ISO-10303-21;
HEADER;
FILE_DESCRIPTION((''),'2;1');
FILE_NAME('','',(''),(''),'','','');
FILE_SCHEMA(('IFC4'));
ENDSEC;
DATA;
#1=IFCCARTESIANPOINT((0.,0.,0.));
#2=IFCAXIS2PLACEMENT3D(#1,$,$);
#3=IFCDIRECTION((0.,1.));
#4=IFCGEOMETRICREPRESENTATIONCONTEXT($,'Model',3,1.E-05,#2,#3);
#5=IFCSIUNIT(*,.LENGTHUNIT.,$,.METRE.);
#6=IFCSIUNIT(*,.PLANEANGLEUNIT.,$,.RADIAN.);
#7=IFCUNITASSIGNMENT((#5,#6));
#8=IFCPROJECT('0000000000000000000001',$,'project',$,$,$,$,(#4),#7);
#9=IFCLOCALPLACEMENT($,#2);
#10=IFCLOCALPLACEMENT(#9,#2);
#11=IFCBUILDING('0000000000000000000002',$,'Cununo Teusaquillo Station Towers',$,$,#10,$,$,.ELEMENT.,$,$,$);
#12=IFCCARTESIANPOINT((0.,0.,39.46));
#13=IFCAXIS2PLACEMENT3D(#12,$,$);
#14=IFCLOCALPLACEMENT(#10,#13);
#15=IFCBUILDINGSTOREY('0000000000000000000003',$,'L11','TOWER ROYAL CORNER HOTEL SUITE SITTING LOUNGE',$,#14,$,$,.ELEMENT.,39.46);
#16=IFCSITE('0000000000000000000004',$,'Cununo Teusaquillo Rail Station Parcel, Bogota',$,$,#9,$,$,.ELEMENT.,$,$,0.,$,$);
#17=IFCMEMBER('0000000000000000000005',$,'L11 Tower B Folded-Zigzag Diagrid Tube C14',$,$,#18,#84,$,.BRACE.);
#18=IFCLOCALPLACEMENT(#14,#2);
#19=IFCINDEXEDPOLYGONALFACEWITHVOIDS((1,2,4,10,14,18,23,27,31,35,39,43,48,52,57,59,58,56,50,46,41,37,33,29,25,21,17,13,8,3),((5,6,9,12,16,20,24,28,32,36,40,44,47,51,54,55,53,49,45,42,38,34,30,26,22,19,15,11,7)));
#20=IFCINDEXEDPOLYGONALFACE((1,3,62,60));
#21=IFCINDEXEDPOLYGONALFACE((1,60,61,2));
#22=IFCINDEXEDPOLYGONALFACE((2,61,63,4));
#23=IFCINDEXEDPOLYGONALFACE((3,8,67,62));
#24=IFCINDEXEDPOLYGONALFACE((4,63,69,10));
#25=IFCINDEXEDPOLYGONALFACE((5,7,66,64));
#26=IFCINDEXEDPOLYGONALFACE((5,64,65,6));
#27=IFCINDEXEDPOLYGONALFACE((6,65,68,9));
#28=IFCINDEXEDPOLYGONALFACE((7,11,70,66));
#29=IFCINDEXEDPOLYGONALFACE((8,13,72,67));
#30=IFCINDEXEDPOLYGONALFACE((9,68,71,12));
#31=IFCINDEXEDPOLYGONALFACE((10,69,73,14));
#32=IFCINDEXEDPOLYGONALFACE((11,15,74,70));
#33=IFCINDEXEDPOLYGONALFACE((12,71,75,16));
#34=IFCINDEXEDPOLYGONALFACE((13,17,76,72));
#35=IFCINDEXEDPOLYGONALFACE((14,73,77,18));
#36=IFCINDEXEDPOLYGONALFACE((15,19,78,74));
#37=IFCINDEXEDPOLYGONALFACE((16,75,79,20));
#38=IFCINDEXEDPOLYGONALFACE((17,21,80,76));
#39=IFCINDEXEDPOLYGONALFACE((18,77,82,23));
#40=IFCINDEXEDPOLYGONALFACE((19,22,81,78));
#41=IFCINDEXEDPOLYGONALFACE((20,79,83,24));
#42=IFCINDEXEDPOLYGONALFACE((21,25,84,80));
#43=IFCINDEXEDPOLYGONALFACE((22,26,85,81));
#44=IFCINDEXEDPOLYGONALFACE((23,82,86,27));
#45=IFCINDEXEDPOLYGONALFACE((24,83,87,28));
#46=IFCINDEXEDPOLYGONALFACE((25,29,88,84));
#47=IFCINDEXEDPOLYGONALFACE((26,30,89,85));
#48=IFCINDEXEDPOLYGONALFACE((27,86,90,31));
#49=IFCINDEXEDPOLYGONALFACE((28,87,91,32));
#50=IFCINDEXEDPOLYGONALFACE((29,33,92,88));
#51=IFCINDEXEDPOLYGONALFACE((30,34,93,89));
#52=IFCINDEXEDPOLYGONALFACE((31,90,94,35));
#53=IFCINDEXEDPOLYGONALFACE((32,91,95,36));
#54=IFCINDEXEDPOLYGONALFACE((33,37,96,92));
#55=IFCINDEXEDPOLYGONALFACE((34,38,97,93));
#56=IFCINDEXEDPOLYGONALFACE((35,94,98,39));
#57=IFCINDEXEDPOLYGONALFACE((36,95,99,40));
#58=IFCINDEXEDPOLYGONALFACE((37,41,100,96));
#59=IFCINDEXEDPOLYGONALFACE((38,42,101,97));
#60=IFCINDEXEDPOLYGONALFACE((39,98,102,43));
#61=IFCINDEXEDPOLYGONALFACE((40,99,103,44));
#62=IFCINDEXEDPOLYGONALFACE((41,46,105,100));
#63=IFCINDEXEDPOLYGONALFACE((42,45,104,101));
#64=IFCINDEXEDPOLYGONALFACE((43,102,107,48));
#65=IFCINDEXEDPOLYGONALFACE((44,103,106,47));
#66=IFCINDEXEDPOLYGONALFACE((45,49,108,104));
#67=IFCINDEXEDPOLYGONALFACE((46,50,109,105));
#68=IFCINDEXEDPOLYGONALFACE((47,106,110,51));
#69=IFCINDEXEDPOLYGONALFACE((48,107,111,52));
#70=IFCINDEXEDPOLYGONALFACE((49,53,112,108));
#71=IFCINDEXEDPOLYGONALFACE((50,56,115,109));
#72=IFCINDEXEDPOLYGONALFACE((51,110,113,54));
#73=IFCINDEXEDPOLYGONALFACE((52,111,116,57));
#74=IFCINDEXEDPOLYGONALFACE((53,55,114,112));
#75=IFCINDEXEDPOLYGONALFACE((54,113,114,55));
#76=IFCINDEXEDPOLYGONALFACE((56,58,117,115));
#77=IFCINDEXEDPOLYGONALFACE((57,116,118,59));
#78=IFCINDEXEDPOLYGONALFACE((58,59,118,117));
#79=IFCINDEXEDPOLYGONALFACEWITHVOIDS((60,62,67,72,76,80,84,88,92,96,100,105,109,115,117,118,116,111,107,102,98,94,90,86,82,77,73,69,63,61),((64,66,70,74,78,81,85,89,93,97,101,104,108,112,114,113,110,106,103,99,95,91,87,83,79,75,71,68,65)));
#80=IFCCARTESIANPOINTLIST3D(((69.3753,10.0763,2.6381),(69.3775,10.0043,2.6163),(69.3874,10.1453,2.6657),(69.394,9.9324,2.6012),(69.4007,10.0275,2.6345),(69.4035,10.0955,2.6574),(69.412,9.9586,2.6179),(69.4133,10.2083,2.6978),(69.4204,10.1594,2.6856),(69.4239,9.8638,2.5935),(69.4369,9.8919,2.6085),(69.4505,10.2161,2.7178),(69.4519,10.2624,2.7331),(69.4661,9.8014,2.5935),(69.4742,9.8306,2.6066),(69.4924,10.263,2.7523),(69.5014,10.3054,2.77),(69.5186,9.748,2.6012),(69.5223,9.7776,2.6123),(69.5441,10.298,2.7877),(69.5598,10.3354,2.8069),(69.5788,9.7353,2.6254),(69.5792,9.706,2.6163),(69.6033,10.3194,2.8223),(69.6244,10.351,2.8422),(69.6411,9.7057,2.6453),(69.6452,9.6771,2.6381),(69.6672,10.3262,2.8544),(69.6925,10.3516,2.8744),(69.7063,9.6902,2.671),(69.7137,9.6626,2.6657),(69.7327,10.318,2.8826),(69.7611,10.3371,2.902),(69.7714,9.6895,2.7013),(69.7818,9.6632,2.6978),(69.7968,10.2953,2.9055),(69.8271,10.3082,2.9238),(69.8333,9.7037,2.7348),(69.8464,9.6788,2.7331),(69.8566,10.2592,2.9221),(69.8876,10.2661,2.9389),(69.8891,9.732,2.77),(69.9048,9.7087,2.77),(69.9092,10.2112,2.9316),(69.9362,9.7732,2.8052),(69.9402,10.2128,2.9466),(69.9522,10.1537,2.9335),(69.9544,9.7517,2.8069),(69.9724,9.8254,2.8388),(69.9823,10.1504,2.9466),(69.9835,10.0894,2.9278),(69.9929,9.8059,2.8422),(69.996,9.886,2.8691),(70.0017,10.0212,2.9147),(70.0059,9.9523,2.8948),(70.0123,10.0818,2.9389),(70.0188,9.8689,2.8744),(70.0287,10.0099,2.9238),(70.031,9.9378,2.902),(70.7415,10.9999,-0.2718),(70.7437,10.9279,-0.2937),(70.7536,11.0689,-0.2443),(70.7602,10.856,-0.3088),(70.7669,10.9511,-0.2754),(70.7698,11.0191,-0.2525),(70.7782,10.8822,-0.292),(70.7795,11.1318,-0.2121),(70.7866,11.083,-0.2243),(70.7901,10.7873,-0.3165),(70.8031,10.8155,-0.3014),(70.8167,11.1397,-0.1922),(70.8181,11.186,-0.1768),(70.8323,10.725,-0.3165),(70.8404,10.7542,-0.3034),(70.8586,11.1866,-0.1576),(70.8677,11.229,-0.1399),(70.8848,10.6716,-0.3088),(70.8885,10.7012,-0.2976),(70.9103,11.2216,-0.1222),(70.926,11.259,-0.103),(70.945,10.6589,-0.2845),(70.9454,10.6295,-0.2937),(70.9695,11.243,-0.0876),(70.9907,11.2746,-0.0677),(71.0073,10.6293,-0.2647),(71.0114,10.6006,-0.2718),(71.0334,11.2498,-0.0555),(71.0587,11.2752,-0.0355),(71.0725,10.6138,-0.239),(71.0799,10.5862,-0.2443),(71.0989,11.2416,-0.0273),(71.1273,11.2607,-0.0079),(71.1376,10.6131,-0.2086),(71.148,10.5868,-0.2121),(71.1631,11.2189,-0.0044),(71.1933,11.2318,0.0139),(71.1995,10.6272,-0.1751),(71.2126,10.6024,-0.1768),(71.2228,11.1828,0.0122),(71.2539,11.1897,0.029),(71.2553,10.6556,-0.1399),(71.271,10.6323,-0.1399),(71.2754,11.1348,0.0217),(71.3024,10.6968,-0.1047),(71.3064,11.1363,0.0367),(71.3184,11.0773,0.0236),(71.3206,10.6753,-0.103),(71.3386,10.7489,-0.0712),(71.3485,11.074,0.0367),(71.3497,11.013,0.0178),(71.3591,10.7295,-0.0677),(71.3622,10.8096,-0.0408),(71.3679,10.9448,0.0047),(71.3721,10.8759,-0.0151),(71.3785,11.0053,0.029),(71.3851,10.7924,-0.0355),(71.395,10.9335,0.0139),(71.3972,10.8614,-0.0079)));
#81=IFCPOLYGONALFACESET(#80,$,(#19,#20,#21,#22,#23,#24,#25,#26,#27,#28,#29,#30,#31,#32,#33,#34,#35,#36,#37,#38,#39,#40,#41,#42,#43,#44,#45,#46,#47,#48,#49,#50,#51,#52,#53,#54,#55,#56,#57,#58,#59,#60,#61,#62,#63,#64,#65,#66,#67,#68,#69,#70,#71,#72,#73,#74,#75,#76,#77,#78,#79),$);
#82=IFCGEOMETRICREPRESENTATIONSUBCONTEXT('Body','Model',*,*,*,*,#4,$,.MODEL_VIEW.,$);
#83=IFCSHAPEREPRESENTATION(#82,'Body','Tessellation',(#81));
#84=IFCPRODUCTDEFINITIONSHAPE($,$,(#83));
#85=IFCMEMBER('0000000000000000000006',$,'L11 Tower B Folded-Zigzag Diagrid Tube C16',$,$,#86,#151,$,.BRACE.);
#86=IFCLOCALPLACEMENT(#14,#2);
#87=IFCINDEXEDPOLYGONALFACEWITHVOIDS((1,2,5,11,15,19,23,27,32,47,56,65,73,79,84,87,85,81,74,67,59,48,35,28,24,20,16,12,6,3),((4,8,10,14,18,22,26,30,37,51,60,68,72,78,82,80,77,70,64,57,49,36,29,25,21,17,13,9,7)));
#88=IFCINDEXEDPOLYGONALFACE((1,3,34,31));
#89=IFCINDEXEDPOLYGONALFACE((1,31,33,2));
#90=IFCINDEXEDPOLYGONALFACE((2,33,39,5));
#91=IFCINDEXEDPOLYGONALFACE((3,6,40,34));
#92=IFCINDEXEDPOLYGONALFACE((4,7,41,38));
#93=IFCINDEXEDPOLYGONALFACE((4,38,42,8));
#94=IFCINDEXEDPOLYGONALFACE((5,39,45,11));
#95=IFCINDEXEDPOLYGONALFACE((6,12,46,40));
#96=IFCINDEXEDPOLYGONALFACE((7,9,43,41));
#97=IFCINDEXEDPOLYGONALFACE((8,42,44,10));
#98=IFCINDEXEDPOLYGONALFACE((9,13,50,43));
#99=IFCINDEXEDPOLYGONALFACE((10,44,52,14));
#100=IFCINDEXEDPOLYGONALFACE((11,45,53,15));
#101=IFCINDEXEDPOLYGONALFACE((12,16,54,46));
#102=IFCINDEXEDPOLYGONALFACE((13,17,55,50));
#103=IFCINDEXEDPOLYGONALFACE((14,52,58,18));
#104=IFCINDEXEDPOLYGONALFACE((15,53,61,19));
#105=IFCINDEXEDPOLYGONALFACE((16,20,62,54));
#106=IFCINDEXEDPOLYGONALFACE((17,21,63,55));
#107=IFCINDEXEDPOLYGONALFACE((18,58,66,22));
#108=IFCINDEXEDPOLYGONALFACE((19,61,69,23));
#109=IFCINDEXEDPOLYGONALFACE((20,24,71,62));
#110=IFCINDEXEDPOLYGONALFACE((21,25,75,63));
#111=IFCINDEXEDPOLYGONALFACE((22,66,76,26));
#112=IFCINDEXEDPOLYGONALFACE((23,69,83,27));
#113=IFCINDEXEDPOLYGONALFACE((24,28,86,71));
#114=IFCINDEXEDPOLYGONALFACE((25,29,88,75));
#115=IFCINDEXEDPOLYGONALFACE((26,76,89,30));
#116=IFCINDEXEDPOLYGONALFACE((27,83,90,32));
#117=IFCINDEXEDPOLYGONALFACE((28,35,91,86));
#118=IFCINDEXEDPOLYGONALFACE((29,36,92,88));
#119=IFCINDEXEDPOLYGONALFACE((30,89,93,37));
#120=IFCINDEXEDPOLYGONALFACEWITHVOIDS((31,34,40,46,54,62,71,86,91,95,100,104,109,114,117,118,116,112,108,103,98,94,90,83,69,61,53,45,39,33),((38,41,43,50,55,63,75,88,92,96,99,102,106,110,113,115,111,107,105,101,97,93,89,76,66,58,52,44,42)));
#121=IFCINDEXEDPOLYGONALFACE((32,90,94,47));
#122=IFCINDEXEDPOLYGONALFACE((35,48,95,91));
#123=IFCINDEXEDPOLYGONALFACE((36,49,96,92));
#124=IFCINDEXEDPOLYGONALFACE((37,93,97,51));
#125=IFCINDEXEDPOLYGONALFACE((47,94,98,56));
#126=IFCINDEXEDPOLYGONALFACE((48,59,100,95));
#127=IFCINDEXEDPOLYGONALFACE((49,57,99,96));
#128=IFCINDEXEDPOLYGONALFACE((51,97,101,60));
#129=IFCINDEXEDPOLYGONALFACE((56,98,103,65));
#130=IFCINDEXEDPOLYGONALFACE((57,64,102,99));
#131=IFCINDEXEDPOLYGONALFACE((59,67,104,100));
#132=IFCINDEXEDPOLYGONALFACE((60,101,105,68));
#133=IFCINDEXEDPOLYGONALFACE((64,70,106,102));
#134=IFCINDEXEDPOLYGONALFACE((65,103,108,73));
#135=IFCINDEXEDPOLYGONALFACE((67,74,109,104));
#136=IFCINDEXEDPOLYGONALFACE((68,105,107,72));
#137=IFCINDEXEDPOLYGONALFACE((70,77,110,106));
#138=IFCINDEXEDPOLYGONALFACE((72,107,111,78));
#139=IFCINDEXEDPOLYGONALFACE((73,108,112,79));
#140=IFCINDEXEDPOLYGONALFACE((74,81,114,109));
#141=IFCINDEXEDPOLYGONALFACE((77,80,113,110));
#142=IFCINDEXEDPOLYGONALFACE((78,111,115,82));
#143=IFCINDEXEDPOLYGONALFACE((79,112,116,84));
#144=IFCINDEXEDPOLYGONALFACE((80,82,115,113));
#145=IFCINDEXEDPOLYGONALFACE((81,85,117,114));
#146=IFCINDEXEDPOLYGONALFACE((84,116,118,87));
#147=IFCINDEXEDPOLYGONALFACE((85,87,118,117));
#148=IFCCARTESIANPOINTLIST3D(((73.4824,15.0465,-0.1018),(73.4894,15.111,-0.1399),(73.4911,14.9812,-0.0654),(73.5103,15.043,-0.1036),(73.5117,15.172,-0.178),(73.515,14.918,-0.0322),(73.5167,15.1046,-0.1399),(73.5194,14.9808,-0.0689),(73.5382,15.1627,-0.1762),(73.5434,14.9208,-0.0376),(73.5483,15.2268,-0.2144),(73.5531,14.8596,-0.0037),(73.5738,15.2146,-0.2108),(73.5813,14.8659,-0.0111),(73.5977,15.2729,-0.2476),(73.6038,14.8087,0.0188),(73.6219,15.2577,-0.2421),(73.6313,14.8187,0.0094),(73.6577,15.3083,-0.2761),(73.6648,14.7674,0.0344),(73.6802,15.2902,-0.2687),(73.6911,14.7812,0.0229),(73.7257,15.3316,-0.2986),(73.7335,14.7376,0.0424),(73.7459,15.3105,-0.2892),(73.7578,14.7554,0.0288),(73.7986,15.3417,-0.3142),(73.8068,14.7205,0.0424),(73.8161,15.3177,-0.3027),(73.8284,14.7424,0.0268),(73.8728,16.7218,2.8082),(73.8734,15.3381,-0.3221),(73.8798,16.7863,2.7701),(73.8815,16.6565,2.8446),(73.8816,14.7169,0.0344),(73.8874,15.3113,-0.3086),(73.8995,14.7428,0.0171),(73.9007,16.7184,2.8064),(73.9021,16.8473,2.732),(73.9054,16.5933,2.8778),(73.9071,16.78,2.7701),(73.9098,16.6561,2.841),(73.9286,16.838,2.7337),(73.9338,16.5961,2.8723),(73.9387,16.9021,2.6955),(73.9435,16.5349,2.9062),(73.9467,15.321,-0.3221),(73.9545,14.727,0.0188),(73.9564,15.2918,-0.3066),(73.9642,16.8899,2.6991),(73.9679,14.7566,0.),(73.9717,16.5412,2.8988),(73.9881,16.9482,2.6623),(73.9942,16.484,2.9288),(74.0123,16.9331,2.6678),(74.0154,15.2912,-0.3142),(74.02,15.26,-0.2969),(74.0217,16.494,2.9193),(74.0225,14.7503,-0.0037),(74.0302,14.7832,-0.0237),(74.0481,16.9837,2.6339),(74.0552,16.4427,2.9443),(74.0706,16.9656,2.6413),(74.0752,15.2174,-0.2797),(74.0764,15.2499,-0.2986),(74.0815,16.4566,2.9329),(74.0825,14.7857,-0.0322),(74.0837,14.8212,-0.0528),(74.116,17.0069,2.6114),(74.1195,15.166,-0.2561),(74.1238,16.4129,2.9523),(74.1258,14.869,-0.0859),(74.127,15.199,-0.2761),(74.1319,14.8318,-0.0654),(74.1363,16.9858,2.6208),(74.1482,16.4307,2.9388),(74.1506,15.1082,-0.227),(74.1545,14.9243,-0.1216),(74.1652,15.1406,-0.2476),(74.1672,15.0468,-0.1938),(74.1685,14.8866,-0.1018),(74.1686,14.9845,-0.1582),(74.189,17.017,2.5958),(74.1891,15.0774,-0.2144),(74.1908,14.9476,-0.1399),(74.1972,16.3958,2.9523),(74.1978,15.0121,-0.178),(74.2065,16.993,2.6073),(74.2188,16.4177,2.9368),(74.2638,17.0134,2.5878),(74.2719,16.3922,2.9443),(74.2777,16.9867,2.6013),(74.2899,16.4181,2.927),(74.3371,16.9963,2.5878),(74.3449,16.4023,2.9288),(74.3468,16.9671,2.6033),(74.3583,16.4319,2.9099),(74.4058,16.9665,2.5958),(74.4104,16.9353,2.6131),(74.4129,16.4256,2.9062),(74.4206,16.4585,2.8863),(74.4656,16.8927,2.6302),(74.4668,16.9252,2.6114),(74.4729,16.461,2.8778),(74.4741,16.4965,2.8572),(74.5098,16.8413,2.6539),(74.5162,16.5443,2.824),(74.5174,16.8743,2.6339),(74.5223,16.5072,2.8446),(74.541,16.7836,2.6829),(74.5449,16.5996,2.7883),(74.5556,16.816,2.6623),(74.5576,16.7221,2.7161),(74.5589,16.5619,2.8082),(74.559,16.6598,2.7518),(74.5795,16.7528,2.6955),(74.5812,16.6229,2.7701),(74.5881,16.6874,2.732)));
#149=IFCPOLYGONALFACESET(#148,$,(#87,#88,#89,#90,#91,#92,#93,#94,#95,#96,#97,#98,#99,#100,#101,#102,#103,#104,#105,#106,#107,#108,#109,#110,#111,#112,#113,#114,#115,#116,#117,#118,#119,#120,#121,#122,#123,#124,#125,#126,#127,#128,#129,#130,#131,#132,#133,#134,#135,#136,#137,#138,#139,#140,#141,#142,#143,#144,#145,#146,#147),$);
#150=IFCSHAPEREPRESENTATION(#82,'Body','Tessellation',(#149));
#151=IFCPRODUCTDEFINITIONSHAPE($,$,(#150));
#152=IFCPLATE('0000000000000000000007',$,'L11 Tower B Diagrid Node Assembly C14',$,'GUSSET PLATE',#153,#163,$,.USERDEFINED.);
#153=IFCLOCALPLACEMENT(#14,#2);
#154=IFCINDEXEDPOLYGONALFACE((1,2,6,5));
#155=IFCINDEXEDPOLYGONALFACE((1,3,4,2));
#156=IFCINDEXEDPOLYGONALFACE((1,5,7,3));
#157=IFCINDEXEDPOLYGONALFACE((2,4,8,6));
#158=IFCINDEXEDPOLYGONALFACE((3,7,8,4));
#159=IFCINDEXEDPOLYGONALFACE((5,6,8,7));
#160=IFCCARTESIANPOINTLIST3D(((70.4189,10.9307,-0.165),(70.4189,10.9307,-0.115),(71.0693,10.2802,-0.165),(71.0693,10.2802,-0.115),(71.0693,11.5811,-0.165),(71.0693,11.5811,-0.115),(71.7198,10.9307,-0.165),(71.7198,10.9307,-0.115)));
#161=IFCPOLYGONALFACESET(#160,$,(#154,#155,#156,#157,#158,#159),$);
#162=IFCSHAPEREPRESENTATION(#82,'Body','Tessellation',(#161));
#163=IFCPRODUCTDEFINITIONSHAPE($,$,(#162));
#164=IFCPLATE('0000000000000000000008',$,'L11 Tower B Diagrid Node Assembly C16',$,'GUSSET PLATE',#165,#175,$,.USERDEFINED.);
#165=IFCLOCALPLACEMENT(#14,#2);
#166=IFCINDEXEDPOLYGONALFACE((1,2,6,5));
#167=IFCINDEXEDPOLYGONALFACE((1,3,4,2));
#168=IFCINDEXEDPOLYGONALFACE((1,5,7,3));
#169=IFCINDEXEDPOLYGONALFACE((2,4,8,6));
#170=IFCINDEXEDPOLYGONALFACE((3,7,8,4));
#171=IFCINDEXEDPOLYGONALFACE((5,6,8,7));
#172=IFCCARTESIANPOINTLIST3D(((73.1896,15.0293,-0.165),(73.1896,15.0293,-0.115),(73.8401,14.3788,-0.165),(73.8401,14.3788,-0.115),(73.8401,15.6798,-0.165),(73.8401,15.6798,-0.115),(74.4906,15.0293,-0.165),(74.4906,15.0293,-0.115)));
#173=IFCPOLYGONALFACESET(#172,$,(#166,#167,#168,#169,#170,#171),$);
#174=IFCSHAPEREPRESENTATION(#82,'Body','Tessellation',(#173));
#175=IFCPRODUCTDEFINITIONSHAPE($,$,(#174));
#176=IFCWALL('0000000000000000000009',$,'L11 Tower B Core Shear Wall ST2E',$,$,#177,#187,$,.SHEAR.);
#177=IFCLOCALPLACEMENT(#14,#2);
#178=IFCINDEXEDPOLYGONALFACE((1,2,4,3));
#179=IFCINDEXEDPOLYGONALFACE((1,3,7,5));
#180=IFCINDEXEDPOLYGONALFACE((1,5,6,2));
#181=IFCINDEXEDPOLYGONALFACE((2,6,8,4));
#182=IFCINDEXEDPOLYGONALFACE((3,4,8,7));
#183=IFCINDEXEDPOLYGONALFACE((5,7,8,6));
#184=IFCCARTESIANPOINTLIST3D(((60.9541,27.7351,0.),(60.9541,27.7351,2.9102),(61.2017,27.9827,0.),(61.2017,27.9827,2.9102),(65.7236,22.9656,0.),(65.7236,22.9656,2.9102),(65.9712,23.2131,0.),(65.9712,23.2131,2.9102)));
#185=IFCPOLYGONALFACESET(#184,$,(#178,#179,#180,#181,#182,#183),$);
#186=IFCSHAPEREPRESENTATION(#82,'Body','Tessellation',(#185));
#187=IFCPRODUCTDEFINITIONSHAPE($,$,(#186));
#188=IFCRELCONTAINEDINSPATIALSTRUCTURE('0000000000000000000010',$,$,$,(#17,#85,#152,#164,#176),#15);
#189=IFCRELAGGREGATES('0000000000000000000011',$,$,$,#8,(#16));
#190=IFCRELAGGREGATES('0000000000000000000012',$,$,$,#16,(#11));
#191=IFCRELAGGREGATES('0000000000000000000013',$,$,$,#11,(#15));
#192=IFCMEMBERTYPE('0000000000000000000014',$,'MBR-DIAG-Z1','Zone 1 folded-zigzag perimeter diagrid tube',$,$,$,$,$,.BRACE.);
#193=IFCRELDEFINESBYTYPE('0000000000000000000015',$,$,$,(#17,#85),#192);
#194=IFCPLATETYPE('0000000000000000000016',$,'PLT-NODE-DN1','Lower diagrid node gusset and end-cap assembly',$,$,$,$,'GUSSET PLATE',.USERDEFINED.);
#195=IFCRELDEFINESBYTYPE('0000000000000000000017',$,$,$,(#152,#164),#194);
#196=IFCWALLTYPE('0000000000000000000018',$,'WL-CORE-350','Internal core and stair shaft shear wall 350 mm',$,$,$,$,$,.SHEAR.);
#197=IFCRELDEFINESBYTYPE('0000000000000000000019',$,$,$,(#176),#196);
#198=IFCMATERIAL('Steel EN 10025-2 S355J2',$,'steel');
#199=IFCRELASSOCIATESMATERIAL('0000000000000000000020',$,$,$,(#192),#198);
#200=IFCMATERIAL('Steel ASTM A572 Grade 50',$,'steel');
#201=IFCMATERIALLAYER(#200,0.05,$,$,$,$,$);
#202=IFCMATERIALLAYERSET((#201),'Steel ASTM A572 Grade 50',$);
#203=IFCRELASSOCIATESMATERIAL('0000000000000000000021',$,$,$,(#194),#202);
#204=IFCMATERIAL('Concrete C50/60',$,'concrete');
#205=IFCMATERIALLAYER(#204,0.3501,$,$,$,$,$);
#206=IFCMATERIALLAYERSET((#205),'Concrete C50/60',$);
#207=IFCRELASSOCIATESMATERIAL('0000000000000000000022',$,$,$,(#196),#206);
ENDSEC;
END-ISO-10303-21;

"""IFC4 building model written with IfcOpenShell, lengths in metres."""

from ifc_helpers import new_model, si_unit, direction, frame, frame_2d, origin, origin_2d, place, context, subcontext, project, spatial, rectangle, hollow_circle, extrude, source, transform, mapped, material, layer, layer_set, material_profile, profile_set, type_object, element, save


model = new_model("IFC4")

# Units and contexts
model_context = context("Model", 3, precision=1e-05, world=origin(), true_north=direction((0.0, 1.0)))
body_context = subcontext(model_context, "Body", "Model", "MODEL_VIEW")
ifc_project = project(units=[si_unit("LENGTHUNIT", "METRE"), si_unit("PLANEANGLEUNIT", "RADIAN")], contexts=[model_context])

# Site, building, storey
site_placement = place(None, origin())
site = spatial("IfcSite", under=ifc_project, at=site_placement, Name="Cununo Teusaquillo Rail Station Parcel, Bogota", CompositionType="ELEMENT", RefElevation=0.0)
building_placement = place(site_placement, origin())
building = spatial("IfcBuilding", under=site, at=building_placement, Name="Cununo Teusaquillo Station Towers", CompositionType="ELEMENT")
storey_placement = place(building_placement, frame((0.0, 0.0, 39.46)))
storey = spatial("IfcBuildingStorey", under=building, at=storey_placement, Name="L11", Description="TOWER ROYAL CORNER HOTEL SUITE SITTING LOUNGE", CompositionType="ELEMENT", Elevation=39.46)

# Members
ifc_material_1 = material(Name="Steel EN 10025-2 S355J2", Category="steel")
ifc_material_profile_1 = material_profile(ifc_material_1, hollow_circle(Radius=0.3601, WallThickness=0.0281, at=origin_2d()), Name="CHS 720x28")
ifc_profile_set_1 = profile_set([ifc_material_profile_1], Name="Steel EN 10025-2 S355J2")
member_type = type_object("IfcMemberType", Name="MBR-DIAG-Z1", Description="Zone 1 folded-zigzag perimeter diagrid tube", PredefinedType="BRACE", material=ifc_profile_set_1)
member_1_placement = place(storey_placement, frame((71.0693, 10.9307, -0.1399), z_axis=(-0.408468, -0.276132, 0.870003), x_axis=(0.560052, -0.828457, 0.0)))
element("IfcMember", 1, at=member_1_placement, inside=storey, type_object=member_type, Name="L11 Tower B Folded-Zigzag Diagrid Tube C14", PredefinedType="BRACE", context=body_context, shape_type="SweptSolid", body=[
    extrude(hollow_circle(Radius=0.3601, WallThickness=0.0281, at=origin_2d()), origin(), (0.0, 0.0, 1.0), 3.3447),
])
member_2_placement = place(storey_placement, frame((73.8401, 15.0293, -0.1399), z_axis=(0.115486, 0.495601, 0.860838), x_axis=(-0.973908, 0.226942, 0.0)))
element("IfcMember", 2, at=member_2_placement, inside=storey, type_object=member_type, Name="L11 Tower B Folded-Zigzag Diagrid Tube C16", PredefinedType="BRACE", context=body_context, shape_type="SweptSolid", body=[
    extrude(hollow_circle(Radius=0.3601, WallThickness=0.0281, at=origin_2d()), origin(), (0.0, 0.0, 1.0), 3.3804),
])

# Plates
ifc_material_2 = material(Name="Steel ASTM A572 Grade 50", Category="steel")
ifc_layer_1 = layer(ifc_material_2, 0.05)
ifc_layer_set_1 = layer_set([ifc_layer_1], Name="Steel ASTM A572 Grade 50")
plate_type = type_object("IfcPlateType", Name="PLT-NODE-DN1", Description="Lower diagrid node gusset and end-cap assembly", ElementType="GUSSET PLATE", PredefinedType="USERDEFINED", material=ifc_layer_set_1)
shared_shape_1 = source(origin(), body_context, "Body", "SweptSolid", [
    extrude(rectangle(XDim=0.9199, YDim=0.9199, at=origin_2d()), origin(), (0.0, 0.0, 1.0), 0.05),
])
for number, where, z_axis, x_axis, name in (
    (3, (71.0693, 10.9307, -0.165), (0.0, 0.0, 1.0), (0.707107, 0.707107, 0.0), "L11 Tower B Diagrid Node Assembly C14"),
    (4, (73.8401, 15.0293, -0.165), (0.0, 0.0, 1.0), (0.707107, 0.707107, 0.0), "L11 Tower B Diagrid Node Assembly C16"),
):
    element("IfcPlate", number, at=place(storey_placement, frame(where, z_axis=z_axis, x_axis=x_axis)), inside=storey, type_object=plate_type, Name=name, ObjectType="GUSSET PLATE", PredefinedType="USERDEFINED", context=body_context, shape_type="MappedRepresentation", body=[
        mapped(shared_shape_1, transform((0.0, 0.0, 0.0), x_axis=(1.0, 0.0, 0.0), y_axis=(0.0, 1.0, 0.0), z_axis=(0.0, 0.0, 1.0), scale=1.0)),
    ])

# Wall
ifc_material_3 = material(Name="Concrete C50/60", Category="concrete")
ifc_layer_2 = layer(ifc_material_3, 0.3501)
ifc_layer_set_2 = layer_set([ifc_layer_2], Name="Concrete C50/60")
wall_type_1 = type_object("IfcWallType", Name="WL-CORE-350", Description="Internal core and stair shaft shear wall 350 mm", PredefinedType="SHEAR", material=ifc_layer_set_2)
wall_1_placement = place(storey_placement, frame((65.8474, 23.0894, 0.0), z_axis=(0.0, 0.0, 1.0), x_axis=(-0.707107, 0.707107, 0.0)))
element("IfcWall", 5, at=wall_1_placement, inside=storey, type_object=wall_type_1, Name="L11 Tower B Core Shear Wall ST2E", PredefinedType="SHEAR", context=body_context, shape_type="SweptSolid", body=[
    extrude(rectangle(XDim=6.7451, YDim=0.3501, at=frame_2d((3.3726, 0.0))), origin(), (0.0, 0.0, 1.0), 2.9102),
])

save(model, "model.ifc")
